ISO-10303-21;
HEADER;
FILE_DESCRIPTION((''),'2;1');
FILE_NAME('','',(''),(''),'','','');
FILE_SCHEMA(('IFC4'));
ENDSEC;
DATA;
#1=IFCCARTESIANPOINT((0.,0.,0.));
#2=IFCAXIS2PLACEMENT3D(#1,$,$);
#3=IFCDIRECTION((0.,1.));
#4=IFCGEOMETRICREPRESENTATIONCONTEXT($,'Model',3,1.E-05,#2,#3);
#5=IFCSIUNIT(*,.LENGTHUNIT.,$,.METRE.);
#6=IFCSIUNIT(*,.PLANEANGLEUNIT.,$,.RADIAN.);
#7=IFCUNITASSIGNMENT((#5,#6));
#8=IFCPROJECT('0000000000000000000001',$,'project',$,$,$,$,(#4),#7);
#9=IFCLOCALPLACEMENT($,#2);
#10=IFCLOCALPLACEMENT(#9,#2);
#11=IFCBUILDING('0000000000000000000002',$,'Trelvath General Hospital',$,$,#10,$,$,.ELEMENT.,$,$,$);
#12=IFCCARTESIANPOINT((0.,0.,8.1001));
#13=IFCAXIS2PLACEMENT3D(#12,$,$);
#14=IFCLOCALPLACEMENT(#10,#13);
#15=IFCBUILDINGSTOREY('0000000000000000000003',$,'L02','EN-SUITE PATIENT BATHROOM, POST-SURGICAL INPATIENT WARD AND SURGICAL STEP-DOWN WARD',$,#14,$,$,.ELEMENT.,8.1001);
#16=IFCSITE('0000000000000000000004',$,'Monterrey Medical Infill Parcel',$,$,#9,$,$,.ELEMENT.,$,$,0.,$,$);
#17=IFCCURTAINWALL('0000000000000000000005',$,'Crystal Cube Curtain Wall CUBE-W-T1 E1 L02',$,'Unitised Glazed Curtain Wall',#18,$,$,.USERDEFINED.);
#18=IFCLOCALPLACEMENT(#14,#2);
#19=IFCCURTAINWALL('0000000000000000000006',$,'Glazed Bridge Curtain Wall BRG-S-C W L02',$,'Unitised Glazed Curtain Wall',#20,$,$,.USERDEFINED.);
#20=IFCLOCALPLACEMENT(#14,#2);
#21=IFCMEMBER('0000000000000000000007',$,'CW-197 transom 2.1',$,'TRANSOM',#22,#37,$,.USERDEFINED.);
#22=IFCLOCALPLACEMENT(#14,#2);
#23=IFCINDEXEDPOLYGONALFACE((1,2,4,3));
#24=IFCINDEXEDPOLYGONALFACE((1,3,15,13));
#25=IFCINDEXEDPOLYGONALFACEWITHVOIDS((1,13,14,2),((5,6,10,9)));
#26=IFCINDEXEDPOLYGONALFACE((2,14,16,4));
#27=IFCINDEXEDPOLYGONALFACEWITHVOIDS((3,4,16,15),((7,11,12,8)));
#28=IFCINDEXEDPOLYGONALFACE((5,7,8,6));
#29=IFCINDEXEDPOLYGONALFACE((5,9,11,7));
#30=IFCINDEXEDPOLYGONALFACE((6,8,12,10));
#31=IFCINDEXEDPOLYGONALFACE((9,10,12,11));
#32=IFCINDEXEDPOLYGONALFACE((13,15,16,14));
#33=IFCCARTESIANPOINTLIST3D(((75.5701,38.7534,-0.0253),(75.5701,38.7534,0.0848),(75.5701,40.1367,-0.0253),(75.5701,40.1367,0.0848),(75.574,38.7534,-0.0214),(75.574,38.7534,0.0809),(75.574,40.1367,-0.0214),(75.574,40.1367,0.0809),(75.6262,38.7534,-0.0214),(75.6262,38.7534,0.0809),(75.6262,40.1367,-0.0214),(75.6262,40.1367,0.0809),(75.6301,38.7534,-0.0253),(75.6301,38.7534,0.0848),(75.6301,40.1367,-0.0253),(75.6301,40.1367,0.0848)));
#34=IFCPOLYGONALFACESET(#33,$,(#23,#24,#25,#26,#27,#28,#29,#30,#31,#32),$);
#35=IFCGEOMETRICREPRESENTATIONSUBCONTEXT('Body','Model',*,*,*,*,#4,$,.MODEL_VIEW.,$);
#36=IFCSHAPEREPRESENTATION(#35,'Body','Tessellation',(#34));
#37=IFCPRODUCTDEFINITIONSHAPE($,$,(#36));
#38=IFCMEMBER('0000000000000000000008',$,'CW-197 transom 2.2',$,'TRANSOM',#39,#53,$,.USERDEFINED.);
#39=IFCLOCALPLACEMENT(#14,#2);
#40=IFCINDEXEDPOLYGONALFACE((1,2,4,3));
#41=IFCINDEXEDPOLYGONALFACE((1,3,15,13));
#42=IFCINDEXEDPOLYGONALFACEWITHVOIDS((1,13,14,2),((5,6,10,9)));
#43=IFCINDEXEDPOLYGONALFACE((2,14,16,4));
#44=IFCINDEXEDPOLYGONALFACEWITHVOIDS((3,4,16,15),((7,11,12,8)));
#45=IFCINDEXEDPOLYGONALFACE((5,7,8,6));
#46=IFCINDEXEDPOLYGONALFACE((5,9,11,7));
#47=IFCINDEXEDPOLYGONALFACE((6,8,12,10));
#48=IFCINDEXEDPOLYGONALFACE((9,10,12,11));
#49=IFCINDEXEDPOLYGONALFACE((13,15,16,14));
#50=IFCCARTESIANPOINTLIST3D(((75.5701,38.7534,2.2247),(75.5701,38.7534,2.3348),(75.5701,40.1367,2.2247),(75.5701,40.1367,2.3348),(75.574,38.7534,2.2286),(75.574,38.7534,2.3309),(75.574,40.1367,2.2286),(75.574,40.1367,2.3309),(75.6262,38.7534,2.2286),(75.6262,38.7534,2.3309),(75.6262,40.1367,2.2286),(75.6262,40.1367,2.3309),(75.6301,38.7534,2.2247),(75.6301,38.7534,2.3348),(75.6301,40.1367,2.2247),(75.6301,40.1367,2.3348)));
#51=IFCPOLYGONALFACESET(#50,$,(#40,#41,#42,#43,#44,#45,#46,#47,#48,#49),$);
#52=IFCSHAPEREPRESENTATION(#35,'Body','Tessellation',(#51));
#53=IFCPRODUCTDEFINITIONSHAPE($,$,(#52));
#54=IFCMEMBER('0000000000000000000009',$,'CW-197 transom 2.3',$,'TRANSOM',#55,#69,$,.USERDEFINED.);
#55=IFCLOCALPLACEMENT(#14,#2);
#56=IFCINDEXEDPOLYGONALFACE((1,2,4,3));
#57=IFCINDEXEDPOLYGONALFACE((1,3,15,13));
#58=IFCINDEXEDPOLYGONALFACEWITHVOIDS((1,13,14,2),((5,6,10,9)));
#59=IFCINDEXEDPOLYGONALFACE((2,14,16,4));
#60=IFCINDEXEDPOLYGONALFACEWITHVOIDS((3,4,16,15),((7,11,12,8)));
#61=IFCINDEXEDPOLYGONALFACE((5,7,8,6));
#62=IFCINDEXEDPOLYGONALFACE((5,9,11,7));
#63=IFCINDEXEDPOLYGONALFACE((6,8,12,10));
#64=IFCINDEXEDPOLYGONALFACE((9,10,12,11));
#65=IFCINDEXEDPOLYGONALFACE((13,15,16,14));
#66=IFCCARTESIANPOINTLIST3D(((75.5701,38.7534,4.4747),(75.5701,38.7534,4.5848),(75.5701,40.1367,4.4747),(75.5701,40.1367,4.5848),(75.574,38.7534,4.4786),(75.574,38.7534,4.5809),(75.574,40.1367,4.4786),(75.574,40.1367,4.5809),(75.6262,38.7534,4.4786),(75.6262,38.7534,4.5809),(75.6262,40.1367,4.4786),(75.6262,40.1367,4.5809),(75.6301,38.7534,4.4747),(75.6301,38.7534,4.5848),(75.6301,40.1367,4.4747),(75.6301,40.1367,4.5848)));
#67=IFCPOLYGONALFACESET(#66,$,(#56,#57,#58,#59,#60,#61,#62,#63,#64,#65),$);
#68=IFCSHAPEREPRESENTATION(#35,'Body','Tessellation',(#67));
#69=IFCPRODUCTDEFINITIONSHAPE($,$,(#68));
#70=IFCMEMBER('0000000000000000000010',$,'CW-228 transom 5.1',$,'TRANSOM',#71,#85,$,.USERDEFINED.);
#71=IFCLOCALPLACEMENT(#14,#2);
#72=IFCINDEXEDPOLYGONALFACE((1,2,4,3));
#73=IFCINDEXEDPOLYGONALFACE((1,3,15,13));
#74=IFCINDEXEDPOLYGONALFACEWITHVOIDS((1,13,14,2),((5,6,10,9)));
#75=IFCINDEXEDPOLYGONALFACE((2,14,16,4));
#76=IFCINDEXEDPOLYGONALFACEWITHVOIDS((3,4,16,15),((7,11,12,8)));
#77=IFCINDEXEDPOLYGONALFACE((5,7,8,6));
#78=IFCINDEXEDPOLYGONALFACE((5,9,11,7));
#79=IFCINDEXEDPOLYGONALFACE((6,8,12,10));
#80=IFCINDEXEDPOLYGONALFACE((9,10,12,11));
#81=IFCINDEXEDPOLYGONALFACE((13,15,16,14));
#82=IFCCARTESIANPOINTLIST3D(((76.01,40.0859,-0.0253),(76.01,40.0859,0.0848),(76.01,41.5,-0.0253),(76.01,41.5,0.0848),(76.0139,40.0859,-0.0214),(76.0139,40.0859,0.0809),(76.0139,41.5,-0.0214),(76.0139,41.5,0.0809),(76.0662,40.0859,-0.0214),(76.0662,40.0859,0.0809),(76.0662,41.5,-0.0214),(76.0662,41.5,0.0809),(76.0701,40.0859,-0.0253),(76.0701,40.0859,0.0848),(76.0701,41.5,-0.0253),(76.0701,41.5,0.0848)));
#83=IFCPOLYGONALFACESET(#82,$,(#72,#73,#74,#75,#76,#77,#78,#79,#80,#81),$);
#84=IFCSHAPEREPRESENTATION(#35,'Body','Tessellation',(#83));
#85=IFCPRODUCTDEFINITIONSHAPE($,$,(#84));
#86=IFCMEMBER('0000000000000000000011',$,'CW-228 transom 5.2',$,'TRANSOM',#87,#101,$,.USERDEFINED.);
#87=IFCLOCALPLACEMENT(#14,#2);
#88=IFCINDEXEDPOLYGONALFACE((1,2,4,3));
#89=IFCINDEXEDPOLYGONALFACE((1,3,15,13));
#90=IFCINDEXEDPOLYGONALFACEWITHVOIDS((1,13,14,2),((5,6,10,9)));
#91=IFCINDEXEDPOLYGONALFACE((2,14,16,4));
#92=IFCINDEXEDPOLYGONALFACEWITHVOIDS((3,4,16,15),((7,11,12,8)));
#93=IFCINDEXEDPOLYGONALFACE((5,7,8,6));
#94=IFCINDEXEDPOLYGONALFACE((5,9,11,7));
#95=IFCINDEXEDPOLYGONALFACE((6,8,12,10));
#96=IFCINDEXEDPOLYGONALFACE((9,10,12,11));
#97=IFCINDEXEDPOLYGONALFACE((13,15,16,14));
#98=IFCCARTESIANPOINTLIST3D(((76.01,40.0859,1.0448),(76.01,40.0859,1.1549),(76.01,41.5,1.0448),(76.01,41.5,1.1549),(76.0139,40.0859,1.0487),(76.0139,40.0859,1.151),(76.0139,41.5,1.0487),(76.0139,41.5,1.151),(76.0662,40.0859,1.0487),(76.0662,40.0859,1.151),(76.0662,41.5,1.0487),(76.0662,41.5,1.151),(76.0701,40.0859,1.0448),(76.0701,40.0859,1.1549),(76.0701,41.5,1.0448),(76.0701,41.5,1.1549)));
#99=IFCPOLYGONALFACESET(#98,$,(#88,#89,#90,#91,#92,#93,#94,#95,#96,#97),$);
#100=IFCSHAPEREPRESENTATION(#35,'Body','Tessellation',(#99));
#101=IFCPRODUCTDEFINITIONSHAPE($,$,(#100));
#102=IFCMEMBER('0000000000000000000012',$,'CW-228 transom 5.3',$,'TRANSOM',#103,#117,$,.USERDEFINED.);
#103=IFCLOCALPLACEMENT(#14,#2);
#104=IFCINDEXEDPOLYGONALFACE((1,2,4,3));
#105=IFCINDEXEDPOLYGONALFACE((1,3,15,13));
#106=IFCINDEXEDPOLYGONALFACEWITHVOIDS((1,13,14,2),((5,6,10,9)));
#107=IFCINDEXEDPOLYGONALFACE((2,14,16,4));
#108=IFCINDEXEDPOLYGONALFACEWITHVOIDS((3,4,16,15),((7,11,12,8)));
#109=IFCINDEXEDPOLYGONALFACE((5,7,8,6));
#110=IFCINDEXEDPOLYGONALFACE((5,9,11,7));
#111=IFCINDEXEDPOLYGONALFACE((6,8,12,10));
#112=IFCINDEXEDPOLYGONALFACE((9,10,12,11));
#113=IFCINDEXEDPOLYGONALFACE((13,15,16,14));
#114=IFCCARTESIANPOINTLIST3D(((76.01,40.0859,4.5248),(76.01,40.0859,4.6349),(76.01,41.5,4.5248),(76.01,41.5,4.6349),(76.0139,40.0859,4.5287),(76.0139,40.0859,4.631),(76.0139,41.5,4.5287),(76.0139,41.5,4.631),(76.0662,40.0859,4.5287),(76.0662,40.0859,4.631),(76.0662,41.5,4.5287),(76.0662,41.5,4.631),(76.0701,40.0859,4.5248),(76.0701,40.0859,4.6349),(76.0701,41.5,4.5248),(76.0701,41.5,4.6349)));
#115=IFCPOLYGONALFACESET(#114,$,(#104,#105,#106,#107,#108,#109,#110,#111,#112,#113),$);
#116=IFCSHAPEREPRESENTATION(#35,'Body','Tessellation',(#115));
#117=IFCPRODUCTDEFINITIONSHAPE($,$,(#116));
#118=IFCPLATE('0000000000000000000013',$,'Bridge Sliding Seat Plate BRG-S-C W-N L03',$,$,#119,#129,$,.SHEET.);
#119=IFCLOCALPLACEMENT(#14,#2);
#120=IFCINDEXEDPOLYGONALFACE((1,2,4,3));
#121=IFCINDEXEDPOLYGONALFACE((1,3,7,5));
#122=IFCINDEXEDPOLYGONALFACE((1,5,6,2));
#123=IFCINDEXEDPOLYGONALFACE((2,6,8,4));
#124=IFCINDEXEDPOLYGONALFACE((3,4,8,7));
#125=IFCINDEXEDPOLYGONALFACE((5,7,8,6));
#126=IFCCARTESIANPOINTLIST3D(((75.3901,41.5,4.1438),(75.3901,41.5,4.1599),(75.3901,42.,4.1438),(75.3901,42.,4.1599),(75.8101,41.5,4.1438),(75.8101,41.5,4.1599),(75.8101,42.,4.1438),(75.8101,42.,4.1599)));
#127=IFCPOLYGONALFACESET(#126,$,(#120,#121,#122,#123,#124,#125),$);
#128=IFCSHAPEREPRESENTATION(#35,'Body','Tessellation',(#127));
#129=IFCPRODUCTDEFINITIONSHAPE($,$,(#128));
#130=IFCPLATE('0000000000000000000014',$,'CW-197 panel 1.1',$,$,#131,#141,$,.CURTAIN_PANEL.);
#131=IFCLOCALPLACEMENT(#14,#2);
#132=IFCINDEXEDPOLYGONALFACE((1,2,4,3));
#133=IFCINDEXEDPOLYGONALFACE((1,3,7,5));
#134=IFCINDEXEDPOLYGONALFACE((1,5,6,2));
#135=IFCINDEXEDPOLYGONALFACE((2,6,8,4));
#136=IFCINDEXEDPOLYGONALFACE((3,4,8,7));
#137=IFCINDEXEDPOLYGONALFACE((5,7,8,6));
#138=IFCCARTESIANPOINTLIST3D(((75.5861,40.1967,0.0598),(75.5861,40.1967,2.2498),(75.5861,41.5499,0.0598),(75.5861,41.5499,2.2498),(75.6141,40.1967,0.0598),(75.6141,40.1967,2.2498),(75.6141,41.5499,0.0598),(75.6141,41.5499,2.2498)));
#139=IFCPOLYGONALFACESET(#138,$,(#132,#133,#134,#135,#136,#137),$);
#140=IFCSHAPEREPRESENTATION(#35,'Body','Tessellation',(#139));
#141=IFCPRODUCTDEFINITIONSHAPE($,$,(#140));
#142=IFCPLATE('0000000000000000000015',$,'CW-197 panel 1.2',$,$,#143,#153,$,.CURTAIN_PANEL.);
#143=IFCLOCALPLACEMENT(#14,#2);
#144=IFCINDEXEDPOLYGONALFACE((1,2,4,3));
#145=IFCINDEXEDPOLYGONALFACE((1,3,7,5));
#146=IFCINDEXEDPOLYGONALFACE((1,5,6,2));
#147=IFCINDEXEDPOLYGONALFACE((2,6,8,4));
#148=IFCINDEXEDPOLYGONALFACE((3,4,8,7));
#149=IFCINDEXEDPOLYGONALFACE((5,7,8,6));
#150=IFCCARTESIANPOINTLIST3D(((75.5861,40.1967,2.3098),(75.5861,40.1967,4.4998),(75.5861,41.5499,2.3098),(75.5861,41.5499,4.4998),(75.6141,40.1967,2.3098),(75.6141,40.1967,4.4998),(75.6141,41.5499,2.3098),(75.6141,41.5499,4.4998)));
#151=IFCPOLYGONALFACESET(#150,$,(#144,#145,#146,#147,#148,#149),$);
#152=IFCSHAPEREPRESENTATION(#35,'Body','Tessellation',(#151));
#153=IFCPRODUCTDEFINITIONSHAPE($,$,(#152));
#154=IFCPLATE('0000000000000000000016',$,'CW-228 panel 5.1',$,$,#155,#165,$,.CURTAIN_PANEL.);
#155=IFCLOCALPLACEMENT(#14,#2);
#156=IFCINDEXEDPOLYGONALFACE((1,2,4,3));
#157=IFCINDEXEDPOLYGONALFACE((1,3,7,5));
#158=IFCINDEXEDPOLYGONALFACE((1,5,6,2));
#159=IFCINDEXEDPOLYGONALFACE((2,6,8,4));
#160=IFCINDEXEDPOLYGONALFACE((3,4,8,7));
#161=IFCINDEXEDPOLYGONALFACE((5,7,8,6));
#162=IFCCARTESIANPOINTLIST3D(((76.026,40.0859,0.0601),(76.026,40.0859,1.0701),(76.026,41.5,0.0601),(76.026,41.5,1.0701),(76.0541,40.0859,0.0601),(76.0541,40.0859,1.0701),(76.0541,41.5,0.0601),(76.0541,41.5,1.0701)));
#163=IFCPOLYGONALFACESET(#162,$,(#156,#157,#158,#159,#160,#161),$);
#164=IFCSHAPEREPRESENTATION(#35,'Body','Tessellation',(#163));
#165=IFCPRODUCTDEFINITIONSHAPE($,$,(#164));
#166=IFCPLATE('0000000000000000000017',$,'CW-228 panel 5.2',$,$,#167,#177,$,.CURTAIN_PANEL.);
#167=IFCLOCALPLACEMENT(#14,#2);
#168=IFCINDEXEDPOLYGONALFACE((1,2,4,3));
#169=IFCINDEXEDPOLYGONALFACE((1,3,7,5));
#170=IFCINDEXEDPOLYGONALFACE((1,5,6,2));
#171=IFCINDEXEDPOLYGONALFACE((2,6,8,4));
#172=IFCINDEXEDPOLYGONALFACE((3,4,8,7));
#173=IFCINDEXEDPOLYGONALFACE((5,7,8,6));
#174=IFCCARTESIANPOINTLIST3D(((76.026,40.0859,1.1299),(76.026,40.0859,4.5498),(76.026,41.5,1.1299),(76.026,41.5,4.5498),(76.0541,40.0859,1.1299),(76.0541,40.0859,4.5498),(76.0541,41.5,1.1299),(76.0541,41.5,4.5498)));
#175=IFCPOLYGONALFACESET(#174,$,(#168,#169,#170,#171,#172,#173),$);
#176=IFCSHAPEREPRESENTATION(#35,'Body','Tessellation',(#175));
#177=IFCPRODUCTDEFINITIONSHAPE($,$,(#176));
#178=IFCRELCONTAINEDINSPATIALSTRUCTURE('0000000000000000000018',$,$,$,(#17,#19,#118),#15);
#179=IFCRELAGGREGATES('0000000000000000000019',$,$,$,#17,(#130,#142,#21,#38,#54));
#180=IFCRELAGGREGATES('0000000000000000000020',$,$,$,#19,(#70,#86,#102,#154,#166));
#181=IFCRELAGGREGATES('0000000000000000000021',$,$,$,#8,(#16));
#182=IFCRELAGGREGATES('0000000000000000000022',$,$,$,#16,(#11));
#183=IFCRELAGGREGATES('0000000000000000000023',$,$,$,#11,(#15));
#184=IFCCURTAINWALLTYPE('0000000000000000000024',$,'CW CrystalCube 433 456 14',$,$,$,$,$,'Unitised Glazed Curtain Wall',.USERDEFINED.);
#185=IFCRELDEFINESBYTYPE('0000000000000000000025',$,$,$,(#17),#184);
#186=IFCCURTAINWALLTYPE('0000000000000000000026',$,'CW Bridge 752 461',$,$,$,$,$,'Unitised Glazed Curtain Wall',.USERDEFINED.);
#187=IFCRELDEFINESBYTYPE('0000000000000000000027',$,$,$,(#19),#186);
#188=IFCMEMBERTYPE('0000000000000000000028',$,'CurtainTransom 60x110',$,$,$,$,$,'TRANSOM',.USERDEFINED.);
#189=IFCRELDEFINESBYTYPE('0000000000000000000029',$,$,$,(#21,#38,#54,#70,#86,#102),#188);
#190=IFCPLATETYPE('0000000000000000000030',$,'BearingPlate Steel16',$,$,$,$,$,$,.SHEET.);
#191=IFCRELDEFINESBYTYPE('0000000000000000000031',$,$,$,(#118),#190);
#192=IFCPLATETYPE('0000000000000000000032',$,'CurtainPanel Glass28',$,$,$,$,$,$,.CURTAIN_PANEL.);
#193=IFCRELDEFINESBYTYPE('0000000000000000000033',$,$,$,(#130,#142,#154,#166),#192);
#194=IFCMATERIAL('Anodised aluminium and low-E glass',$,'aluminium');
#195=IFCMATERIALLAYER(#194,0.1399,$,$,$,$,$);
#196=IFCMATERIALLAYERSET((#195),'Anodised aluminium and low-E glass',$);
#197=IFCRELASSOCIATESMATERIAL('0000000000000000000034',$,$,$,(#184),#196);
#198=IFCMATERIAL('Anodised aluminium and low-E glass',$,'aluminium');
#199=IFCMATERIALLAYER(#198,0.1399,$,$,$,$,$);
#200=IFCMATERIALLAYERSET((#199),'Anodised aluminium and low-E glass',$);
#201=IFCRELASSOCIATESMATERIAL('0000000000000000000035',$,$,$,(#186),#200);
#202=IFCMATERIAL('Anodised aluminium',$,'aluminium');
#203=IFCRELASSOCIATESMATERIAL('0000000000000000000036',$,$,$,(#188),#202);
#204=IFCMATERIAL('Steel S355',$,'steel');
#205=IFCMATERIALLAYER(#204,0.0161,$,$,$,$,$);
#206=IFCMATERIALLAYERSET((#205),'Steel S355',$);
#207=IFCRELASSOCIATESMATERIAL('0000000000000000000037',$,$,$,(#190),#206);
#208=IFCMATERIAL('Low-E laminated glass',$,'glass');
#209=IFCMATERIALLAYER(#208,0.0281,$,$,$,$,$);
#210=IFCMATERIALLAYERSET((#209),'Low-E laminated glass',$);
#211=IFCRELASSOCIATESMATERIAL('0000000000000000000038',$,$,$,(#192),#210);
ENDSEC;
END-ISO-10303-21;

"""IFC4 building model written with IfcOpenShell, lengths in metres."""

from ifc_helpers import new_model, si_unit, direction, frame, origin, origin_2d, place, context, subcontext, project, spatial, rectangle, hollow_rectangle, extrude, material, layer, layer_set, material_profile, profile_set, type_object, element, aggregate, save


model = new_model("IFC4")

# Units and contexts
model_context = context("Model", 3, precision=1e-05, world=origin(), true_north=direction((0.0, 1.0)))
body_context = subcontext(model_context, "Body", "Model", "MODEL_VIEW")
ifc_project = project(units=[si_unit("LENGTHUNIT", "METRE"), si_unit("PLANEANGLEUNIT", "RADIAN")], contexts=[model_context])

# Site, building, storey
site_placement = place(None, origin())
site = spatial("IfcSite", under=ifc_project, at=site_placement, Name="Monterrey Medical Infill Parcel", CompositionType="ELEMENT", RefElevation=0.0)
building_placement = place(site_placement, origin())
building = spatial("IfcBuilding", under=site, at=building_placement, Name="Trelvath General Hospital", CompositionType="ELEMENT")
storey_placement = place(building_placement, frame((0.0, 0.0, 8.1001)))
storey = spatial("IfcBuildingStorey", under=building, at=storey_placement, Name="L02", Description="EN-SUITE PATIENT BATHROOM, POST-SURGICAL INPATIENT WARD AND SURGICAL STEP-DOWN WARD", CompositionType="ELEMENT", Elevation=8.1001)

# Curtain wall
ifc_material_1 = material(Name="Anodised aluminium and low-E glass", Category="aluminium")
ifc_layer_1 = layer(ifc_material_1, 0.1399)
ifc_layer_set_1 = layer_set([ifc_layer_1], Name="Anodised aluminium and low-E glass")
curtain_wall_type_1 = type_object("IfcCurtainWallType", Name="CW CrystalCube 433 456 14", ElementType="Unitised Glazed Curtain Wall", PredefinedType="USERDEFINED", material=ifc_layer_set_1)
curtain_wall_1_placement = place(storey_placement, origin())
curtain_wall_1 = element("IfcCurtainWall", 1, at=curtain_wall_1_placement, inside=storey, type_object=curtain_wall_type_1, Name="Crystal Cube Curtain Wall CUBE-W-T1 E1 L02", ObjectType="Unitised Glazed Curtain Wall", PredefinedType="USERDEFINED")

# Curtain wall
ifc_material_2 = material(Name="Anodised aluminium and low-E glass", Category="aluminium")
ifc_layer_2 = layer(ifc_material_2, 0.1399)
ifc_layer_set_2 = layer_set([ifc_layer_2], Name="Anodised aluminium and low-E glass")
curtain_wall_type_2 = type_object("IfcCurtainWallType", Name="CW Bridge 752 461", ElementType="Unitised Glazed Curtain Wall", PredefinedType="USERDEFINED", material=ifc_layer_set_2)
curtain_wall_2_placement = place(storey_placement, origin())
curtain_wall_2 = element("IfcCurtainWall", 2, at=curtain_wall_2_placement, inside=storey, type_object=curtain_wall_type_2, Name="Glazed Bridge Curtain Wall BRG-S-C W L02", ObjectType="Unitised Glazed Curtain Wall", PredefinedType="USERDEFINED")

# Members
ifc_material_3 = material(Name="Anodised aluminium", Category="aluminium")
ifc_material_profile_1 = material_profile(ifc_material_3, hollow_rectangle(XDim=0.0601, YDim=0.1101, WallThickness=0.0039, at=origin_2d()), Name="RHS60x110x4")
ifc_profile_set_1 = profile_set([ifc_material_profile_1], Name="Anodised aluminium")
member_type_1 = type_object("IfcMemberType", Name="CurtainTransom 60x110", ElementType="TRANSOM", PredefinedType="USERDEFINED", material=ifc_profile_set_1)
member_1_placement = place(storey_placement, frame((75.6001, 40.1367, 0.0298), z_axis=(0.0, -1.0, 0.0), x_axis=(1.0, 0.0, 0.0)))
member_1 = element("IfcMember", 3, at=member_1_placement, type_object=member_type_1, Name="CW-197 transom 2.1", ObjectType="TRANSOM", PredefinedType="USERDEFINED", context=body_context, shape_type="SweptSolid", body=[
    extrude(hollow_rectangle(XDim=0.0601, YDim=0.1101, WallThickness=0.0039, at=origin_2d()), origin(), (0.0, 0.0, 1.0), 1.3833),
])
member_2_placement = place(storey_placement, frame((75.6001, 40.1367, 2.2798), z_axis=(0.0, -1.0, 0.0), x_axis=(1.0, 0.0, 0.0)))
member_2 = element("IfcMember", 4, at=member_2_placement, type_object=member_type_1, Name="CW-197 transom 2.2", ObjectType="TRANSOM", PredefinedType="USERDEFINED", context=body_context, shape_type="SweptSolid", body=[
    extrude(hollow_rectangle(XDim=0.0601, YDim=0.1101, WallThickness=0.0039, at=origin_2d()), origin(), (0.0, 0.0, 1.0), 1.3833),
])
member_3_placement = place(storey_placement, frame((75.6001, 40.1367, 4.5298), z_axis=(0.0, -1.0, 0.0), x_axis=(1.0, 0.0, 0.0)))
member_3 = element("IfcMember", 5, at=member_3_placement, type_object=member_type_1, Name="CW-197 transom 2.3", ObjectType="TRANSOM", PredefinedType="USERDEFINED", context=body_context, shape_type="SweptSolid", body=[
    extrude(hollow_rectangle(XDim=0.0601, YDim=0.1101, WallThickness=0.0039, at=origin_2d()), origin(), (0.0, 0.0, 1.0), 1.3833),
])
member_4_placement = place(storey_placement, frame((76.04, 40.0859, 0.0298), z_axis=(0.0, 1.0, 0.0), x_axis=(-1.0, 0.0, 0.0)))
member_4 = element("IfcMember", 6, at=member_4_placement, type_object=member_type_1, Name="CW-228 transom 5.1", ObjectType="TRANSOM", PredefinedType="USERDEFINED", context=body_context, shape_type="SweptSolid", body=[
    extrude(hollow_rectangle(XDim=0.0601, YDim=0.1101, WallThickness=0.0039, at=origin_2d()), origin(), (0.0, 0.0, 1.0), 1.4141),
])
member_5_placement = place(storey_placement, frame((76.04, 40.0859, 1.0999), z_axis=(0.0, 1.0, 0.0), x_axis=(-1.0, 0.0, 0.0)))
member_5 = element("IfcMember", 7, at=member_5_placement, type_object=member_type_1, Name="CW-228 transom 5.2", ObjectType="TRANSOM", PredefinedType="USERDEFINED", context=body_context, shape_type="SweptSolid", body=[
    extrude(hollow_rectangle(XDim=0.0601, YDim=0.1101, WallThickness=0.0039, at=origin_2d()), origin(), (0.0, 0.0, 1.0), 1.4141),
])
member_6_placement = place(storey_placement, frame((76.04, 40.0859, 4.5798), z_axis=(0.0, 1.0, 0.0), x_axis=(-1.0, 0.0, 0.0)))
member_6 = element("IfcMember", 8, at=member_6_placement, type_object=member_type_1, Name="CW-228 transom 5.3", ObjectType="TRANSOM", PredefinedType="USERDEFINED", context=body_context, shape_type="SweptSolid", body=[
    extrude(hollow_rectangle(XDim=0.0601, YDim=0.1101, WallThickness=0.0039, at=origin_2d()), origin(), (0.0, 0.0, 1.0), 1.4141),
])

# Plates
ifc_material_4 = material(Name="Steel S355", Category="steel")
ifc_layer_3 = layer(ifc_material_4, 0.0161)
ifc_layer_set_3 = layer_set([ifc_layer_3], Name="Steel S355")
plate_type_1 = type_object("IfcPlateType", Name="BearingPlate Steel16", PredefinedType="SHEET", material=ifc_layer_set_3)
plate_1_placement = place(storey_placement, frame((75.6001, 41.75, 4.1438), z_axis=(0.0, 0.0, 1.0), x_axis=(1.0, 0.0, 0.0)))
element("IfcPlate", 9, at=plate_1_placement, inside=storey, type_object=plate_type_1, Name="Bridge Sliding Seat Plate BRG-S-C W-N L03", PredefinedType="SHEET", context=body_context, shape_type="SweptSolid", body=[
    extrude(rectangle(XDim=0.4199, YDim=0.5, at=origin_2d()), origin(), (0.0, 0.0, 1.0), 0.0161),
])
ifc_material_5 = material(Name="Low-E laminated glass", Category="glass")
ifc_layer_4 = layer(ifc_material_5, 0.0281)
ifc_layer_set_4 = layer_set([ifc_layer_4], Name="Low-E laminated glass")
plate_type_2 = type_object("IfcPlateType", Name="CurtainPanel Glass28", PredefinedType="CURTAIN_PANEL", material=ifc_layer_set_4)
plate_2_placement = place(storey_placement, frame((75.6001, 40.8733, 0.0598), z_axis=(0.0, 0.0, 1.0), x_axis=(0.0, -1.0, 0.0)))
plate_2 = element("IfcPlate", 10, at=plate_2_placement, type_object=plate_type_2, Name="CW-197 panel 1.1", PredefinedType="CURTAIN_PANEL", context=body_context, shape_type="SweptSolid", body=[
    extrude(rectangle(XDim=1.3533, YDim=0.0281, at=origin_2d()), origin(), (0.0, 0.0, 1.0), 2.1899),
])
plate_3_placement = place(storey_placement, frame((75.6001, 40.8733, 2.3098), z_axis=(0.0, 0.0, 1.0), x_axis=(0.0, -1.0, 0.0)))
plate_3 = element("IfcPlate", 11, at=plate_3_placement, type_object=plate_type_2, Name="CW-197 panel 1.2", PredefinedType="CURTAIN_PANEL", context=body_context, shape_type="SweptSolid", body=[
    extrude(rectangle(XDim=1.3533, YDim=0.0281, at=origin_2d()), origin(), (0.0, 0.0, 1.0), 2.1899),
])
aggregate(curtain_wall_1, [plate_2, plate_3, member_1, member_2, member_3])
plate_4_placement = place(storey_placement, frame((76.04, 40.793, 0.0601), z_axis=(0.0, 0.0, 1.0), x_axis=(0.0, 1.0, 0.0)))
plate_4 = element("IfcPlate", 12, at=plate_4_placement, type_object=plate_type_2, Name="CW-228 panel 5.1", PredefinedType="CURTAIN_PANEL", context=body_context, shape_type="SweptSolid", body=[
    extrude(rectangle(XDim=1.4141, YDim=0.0281, at=origin_2d()), origin(), (0.0, 0.0, 1.0), 1.01),
])
plate_5_placement = place(storey_placement, frame((76.04, 40.793, 1.1299), z_axis=(0.0, 0.0, 1.0), x_axis=(0.0, 1.0, 0.0)))
plate_5 = element("IfcPlate", 13, at=plate_5_placement, type_object=plate_type_2, Name="CW-228 panel 5.2", PredefinedType="CURTAIN_PANEL", context=body_context, shape_type="SweptSolid", body=[
    extrude(rectangle(XDim=1.4141, YDim=0.0281, at=origin_2d()), origin(), (0.0, 0.0, 1.0), 3.4199),
])
aggregate(curtain_wall_2, [member_4, member_5, member_6, plate_4, plate_5])

save(model, "model.ifc")
